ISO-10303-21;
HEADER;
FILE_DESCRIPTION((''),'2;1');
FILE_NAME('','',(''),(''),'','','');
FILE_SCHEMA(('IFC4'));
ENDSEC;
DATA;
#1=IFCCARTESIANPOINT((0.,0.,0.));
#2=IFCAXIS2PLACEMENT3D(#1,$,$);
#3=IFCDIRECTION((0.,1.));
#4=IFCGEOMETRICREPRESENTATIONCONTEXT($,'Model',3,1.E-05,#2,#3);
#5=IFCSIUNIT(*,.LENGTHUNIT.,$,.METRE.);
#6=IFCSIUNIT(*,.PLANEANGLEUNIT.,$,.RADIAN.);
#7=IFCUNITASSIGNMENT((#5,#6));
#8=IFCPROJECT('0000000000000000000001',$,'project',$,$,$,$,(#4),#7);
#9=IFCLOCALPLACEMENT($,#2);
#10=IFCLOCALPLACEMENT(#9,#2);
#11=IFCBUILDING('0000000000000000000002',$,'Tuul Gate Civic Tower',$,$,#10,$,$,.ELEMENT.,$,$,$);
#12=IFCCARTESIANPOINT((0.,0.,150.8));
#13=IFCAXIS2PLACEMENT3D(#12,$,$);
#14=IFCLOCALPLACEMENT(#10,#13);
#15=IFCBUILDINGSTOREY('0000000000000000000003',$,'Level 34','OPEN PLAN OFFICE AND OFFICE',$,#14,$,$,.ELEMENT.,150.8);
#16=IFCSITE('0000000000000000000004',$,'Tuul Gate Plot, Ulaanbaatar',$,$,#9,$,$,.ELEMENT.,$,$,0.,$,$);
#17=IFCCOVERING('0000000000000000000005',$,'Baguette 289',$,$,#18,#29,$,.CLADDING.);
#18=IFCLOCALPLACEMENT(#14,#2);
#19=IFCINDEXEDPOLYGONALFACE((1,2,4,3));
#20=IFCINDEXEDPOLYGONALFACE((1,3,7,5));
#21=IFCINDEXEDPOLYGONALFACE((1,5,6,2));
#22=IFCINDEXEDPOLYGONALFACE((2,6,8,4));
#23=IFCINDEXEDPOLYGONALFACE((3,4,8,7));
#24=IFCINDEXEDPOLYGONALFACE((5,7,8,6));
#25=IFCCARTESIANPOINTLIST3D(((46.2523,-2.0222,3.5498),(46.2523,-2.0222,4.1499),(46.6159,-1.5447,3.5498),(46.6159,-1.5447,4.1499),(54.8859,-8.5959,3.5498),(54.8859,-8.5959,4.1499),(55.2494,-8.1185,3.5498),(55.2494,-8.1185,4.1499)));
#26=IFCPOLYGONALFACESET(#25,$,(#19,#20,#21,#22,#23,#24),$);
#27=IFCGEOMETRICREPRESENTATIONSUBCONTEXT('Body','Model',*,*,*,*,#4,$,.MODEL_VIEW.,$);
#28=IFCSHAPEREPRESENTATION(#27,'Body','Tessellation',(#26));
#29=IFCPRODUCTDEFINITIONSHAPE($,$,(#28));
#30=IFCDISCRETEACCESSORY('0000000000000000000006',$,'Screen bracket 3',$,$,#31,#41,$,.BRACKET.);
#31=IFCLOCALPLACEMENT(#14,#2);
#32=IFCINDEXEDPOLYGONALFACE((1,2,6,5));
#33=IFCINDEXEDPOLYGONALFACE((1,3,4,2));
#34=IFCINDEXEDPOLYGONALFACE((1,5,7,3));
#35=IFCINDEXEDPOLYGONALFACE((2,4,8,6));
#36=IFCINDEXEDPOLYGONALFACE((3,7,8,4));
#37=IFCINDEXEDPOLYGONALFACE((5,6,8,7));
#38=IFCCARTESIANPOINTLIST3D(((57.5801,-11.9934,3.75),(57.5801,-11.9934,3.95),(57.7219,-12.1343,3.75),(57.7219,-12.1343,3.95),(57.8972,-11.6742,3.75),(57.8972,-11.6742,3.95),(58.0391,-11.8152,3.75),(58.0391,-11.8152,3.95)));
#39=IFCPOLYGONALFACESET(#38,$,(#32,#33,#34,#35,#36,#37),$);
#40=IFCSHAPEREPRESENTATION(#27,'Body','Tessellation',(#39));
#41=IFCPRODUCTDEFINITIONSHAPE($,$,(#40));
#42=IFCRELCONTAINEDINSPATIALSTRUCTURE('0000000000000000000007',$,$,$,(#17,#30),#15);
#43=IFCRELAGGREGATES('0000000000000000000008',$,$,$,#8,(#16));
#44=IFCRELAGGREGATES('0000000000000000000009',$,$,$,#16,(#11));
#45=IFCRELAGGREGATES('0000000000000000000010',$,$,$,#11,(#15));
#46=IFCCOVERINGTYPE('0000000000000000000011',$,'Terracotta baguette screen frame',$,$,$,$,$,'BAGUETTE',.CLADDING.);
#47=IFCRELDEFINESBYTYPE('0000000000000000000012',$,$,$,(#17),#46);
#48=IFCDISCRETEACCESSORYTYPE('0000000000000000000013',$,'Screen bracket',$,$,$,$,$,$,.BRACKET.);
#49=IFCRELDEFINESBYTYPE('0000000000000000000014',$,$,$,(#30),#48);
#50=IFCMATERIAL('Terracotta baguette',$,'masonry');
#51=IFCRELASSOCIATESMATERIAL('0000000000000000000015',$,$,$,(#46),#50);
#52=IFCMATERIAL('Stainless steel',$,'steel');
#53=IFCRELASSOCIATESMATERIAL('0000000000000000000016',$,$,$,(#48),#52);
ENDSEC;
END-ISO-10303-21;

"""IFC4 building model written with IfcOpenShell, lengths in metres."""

from ifc_helpers import new_model, si_unit, direction, frame, origin, origin_2d, place, context, subcontext, project, spatial, rectangle, extrude, material, material_profile, profile_set, type_object, element, save


model = new_model("IFC4")

# Units and contexts
model_context = context("Model", 3, precision=1e-05, world=origin(), true_north=direction((0.0, 1.0)))
body_context = subcontext(model_context, "Body", "Model", "MODEL_VIEW")
ifc_project = project(units=[si_unit("LENGTHUNIT", "METRE"), si_unit("PLANEANGLEUNIT", "RADIAN")], contexts=[model_context])

# Site, building, storey
site_placement = place(None, origin())
site = spatial("IfcSite", under=ifc_project, at=site_placement, Name="Tuul Gate Plot, Ulaanbaatar", CompositionType="ELEMENT", RefElevation=0.0)
building_placement = place(site_placement, origin())
building = spatial("IfcBuilding", under=site, at=building_placement, Name="Tuul Gate Civic Tower", CompositionType="ELEMENT")
storey_placement = place(building_placement, frame((0.0, 0.0, 150.8)))
storey = spatial("IfcBuildingStorey", under=building, at=storey_placement, Name="Level 34", Description="OPEN PLAN OFFICE AND OFFICE", CompositionType="ELEMENT", Elevation=150.8)

# Covering
ifc_material_1 = material(Name="Terracotta baguette", Category="masonry")
ifc_material_profile_1 = material_profile(ifc_material_1, rectangle(XDim=0.6001, YDim=0.6001, at=origin_2d()), Name="Terracotta baguette screen frame")
ifc_profile_set_1 = profile_set([ifc_material_profile_1], Name="Terracotta baguette")
covering_type = type_object("IfcCoveringType", Name="Terracotta baguette screen frame", ElementType="BAGUETTE", PredefinedType="CLADDING", material=ifc_profile_set_1)
covering_1_placement = place(storey_placement, frame((55.0676, -8.3572, 3.8499), z_axis=(-0.795619, 0.605798, 0.0), x_axis=(-0.605798, -0.795619, 0.0)))
element("IfcCovering", 1, at=covering_1_placement, inside=storey, type_object=covering_type, Name="Baguette 289", PredefinedType="CLADDING", context=body_context, shape_type="SweptSolid", body=[
    extrude(rectangle(XDim=0.6001, YDim=0.6001, at=origin_2d()), origin(), (0.0, 0.0, 1.0), 10.8513),
])

# Discrete accessory
ifc_material_2 = material(Name="Stainless steel", Category="steel")
discrete_accessory_type = type_object("IfcDiscreteAccessoryType", Name="Screen bracket", PredefinedType="BRACKET", material=ifc_material_2)
discrete_accessory_placement = place(storey_placement, frame((57.8096, -11.9043, 3.75), z_axis=(0.0, 0.0, 1.0), x_axis=(0.704907, 0.7093, 0.0)))
element("IfcDiscreteAccessory", 2, at=discrete_accessory_placement, inside=storey, type_object=discrete_accessory_type, Name="Screen bracket 3", PredefinedType="BRACKET", context=body_context, shape_type="SweptSolid", body=[
    extrude(rectangle(XDim=0.45, YDim=0.2, at=origin_2d()), origin(), (0.0, 0.0, 1.0), 0.2),
])

save(model, "model.ifc")
